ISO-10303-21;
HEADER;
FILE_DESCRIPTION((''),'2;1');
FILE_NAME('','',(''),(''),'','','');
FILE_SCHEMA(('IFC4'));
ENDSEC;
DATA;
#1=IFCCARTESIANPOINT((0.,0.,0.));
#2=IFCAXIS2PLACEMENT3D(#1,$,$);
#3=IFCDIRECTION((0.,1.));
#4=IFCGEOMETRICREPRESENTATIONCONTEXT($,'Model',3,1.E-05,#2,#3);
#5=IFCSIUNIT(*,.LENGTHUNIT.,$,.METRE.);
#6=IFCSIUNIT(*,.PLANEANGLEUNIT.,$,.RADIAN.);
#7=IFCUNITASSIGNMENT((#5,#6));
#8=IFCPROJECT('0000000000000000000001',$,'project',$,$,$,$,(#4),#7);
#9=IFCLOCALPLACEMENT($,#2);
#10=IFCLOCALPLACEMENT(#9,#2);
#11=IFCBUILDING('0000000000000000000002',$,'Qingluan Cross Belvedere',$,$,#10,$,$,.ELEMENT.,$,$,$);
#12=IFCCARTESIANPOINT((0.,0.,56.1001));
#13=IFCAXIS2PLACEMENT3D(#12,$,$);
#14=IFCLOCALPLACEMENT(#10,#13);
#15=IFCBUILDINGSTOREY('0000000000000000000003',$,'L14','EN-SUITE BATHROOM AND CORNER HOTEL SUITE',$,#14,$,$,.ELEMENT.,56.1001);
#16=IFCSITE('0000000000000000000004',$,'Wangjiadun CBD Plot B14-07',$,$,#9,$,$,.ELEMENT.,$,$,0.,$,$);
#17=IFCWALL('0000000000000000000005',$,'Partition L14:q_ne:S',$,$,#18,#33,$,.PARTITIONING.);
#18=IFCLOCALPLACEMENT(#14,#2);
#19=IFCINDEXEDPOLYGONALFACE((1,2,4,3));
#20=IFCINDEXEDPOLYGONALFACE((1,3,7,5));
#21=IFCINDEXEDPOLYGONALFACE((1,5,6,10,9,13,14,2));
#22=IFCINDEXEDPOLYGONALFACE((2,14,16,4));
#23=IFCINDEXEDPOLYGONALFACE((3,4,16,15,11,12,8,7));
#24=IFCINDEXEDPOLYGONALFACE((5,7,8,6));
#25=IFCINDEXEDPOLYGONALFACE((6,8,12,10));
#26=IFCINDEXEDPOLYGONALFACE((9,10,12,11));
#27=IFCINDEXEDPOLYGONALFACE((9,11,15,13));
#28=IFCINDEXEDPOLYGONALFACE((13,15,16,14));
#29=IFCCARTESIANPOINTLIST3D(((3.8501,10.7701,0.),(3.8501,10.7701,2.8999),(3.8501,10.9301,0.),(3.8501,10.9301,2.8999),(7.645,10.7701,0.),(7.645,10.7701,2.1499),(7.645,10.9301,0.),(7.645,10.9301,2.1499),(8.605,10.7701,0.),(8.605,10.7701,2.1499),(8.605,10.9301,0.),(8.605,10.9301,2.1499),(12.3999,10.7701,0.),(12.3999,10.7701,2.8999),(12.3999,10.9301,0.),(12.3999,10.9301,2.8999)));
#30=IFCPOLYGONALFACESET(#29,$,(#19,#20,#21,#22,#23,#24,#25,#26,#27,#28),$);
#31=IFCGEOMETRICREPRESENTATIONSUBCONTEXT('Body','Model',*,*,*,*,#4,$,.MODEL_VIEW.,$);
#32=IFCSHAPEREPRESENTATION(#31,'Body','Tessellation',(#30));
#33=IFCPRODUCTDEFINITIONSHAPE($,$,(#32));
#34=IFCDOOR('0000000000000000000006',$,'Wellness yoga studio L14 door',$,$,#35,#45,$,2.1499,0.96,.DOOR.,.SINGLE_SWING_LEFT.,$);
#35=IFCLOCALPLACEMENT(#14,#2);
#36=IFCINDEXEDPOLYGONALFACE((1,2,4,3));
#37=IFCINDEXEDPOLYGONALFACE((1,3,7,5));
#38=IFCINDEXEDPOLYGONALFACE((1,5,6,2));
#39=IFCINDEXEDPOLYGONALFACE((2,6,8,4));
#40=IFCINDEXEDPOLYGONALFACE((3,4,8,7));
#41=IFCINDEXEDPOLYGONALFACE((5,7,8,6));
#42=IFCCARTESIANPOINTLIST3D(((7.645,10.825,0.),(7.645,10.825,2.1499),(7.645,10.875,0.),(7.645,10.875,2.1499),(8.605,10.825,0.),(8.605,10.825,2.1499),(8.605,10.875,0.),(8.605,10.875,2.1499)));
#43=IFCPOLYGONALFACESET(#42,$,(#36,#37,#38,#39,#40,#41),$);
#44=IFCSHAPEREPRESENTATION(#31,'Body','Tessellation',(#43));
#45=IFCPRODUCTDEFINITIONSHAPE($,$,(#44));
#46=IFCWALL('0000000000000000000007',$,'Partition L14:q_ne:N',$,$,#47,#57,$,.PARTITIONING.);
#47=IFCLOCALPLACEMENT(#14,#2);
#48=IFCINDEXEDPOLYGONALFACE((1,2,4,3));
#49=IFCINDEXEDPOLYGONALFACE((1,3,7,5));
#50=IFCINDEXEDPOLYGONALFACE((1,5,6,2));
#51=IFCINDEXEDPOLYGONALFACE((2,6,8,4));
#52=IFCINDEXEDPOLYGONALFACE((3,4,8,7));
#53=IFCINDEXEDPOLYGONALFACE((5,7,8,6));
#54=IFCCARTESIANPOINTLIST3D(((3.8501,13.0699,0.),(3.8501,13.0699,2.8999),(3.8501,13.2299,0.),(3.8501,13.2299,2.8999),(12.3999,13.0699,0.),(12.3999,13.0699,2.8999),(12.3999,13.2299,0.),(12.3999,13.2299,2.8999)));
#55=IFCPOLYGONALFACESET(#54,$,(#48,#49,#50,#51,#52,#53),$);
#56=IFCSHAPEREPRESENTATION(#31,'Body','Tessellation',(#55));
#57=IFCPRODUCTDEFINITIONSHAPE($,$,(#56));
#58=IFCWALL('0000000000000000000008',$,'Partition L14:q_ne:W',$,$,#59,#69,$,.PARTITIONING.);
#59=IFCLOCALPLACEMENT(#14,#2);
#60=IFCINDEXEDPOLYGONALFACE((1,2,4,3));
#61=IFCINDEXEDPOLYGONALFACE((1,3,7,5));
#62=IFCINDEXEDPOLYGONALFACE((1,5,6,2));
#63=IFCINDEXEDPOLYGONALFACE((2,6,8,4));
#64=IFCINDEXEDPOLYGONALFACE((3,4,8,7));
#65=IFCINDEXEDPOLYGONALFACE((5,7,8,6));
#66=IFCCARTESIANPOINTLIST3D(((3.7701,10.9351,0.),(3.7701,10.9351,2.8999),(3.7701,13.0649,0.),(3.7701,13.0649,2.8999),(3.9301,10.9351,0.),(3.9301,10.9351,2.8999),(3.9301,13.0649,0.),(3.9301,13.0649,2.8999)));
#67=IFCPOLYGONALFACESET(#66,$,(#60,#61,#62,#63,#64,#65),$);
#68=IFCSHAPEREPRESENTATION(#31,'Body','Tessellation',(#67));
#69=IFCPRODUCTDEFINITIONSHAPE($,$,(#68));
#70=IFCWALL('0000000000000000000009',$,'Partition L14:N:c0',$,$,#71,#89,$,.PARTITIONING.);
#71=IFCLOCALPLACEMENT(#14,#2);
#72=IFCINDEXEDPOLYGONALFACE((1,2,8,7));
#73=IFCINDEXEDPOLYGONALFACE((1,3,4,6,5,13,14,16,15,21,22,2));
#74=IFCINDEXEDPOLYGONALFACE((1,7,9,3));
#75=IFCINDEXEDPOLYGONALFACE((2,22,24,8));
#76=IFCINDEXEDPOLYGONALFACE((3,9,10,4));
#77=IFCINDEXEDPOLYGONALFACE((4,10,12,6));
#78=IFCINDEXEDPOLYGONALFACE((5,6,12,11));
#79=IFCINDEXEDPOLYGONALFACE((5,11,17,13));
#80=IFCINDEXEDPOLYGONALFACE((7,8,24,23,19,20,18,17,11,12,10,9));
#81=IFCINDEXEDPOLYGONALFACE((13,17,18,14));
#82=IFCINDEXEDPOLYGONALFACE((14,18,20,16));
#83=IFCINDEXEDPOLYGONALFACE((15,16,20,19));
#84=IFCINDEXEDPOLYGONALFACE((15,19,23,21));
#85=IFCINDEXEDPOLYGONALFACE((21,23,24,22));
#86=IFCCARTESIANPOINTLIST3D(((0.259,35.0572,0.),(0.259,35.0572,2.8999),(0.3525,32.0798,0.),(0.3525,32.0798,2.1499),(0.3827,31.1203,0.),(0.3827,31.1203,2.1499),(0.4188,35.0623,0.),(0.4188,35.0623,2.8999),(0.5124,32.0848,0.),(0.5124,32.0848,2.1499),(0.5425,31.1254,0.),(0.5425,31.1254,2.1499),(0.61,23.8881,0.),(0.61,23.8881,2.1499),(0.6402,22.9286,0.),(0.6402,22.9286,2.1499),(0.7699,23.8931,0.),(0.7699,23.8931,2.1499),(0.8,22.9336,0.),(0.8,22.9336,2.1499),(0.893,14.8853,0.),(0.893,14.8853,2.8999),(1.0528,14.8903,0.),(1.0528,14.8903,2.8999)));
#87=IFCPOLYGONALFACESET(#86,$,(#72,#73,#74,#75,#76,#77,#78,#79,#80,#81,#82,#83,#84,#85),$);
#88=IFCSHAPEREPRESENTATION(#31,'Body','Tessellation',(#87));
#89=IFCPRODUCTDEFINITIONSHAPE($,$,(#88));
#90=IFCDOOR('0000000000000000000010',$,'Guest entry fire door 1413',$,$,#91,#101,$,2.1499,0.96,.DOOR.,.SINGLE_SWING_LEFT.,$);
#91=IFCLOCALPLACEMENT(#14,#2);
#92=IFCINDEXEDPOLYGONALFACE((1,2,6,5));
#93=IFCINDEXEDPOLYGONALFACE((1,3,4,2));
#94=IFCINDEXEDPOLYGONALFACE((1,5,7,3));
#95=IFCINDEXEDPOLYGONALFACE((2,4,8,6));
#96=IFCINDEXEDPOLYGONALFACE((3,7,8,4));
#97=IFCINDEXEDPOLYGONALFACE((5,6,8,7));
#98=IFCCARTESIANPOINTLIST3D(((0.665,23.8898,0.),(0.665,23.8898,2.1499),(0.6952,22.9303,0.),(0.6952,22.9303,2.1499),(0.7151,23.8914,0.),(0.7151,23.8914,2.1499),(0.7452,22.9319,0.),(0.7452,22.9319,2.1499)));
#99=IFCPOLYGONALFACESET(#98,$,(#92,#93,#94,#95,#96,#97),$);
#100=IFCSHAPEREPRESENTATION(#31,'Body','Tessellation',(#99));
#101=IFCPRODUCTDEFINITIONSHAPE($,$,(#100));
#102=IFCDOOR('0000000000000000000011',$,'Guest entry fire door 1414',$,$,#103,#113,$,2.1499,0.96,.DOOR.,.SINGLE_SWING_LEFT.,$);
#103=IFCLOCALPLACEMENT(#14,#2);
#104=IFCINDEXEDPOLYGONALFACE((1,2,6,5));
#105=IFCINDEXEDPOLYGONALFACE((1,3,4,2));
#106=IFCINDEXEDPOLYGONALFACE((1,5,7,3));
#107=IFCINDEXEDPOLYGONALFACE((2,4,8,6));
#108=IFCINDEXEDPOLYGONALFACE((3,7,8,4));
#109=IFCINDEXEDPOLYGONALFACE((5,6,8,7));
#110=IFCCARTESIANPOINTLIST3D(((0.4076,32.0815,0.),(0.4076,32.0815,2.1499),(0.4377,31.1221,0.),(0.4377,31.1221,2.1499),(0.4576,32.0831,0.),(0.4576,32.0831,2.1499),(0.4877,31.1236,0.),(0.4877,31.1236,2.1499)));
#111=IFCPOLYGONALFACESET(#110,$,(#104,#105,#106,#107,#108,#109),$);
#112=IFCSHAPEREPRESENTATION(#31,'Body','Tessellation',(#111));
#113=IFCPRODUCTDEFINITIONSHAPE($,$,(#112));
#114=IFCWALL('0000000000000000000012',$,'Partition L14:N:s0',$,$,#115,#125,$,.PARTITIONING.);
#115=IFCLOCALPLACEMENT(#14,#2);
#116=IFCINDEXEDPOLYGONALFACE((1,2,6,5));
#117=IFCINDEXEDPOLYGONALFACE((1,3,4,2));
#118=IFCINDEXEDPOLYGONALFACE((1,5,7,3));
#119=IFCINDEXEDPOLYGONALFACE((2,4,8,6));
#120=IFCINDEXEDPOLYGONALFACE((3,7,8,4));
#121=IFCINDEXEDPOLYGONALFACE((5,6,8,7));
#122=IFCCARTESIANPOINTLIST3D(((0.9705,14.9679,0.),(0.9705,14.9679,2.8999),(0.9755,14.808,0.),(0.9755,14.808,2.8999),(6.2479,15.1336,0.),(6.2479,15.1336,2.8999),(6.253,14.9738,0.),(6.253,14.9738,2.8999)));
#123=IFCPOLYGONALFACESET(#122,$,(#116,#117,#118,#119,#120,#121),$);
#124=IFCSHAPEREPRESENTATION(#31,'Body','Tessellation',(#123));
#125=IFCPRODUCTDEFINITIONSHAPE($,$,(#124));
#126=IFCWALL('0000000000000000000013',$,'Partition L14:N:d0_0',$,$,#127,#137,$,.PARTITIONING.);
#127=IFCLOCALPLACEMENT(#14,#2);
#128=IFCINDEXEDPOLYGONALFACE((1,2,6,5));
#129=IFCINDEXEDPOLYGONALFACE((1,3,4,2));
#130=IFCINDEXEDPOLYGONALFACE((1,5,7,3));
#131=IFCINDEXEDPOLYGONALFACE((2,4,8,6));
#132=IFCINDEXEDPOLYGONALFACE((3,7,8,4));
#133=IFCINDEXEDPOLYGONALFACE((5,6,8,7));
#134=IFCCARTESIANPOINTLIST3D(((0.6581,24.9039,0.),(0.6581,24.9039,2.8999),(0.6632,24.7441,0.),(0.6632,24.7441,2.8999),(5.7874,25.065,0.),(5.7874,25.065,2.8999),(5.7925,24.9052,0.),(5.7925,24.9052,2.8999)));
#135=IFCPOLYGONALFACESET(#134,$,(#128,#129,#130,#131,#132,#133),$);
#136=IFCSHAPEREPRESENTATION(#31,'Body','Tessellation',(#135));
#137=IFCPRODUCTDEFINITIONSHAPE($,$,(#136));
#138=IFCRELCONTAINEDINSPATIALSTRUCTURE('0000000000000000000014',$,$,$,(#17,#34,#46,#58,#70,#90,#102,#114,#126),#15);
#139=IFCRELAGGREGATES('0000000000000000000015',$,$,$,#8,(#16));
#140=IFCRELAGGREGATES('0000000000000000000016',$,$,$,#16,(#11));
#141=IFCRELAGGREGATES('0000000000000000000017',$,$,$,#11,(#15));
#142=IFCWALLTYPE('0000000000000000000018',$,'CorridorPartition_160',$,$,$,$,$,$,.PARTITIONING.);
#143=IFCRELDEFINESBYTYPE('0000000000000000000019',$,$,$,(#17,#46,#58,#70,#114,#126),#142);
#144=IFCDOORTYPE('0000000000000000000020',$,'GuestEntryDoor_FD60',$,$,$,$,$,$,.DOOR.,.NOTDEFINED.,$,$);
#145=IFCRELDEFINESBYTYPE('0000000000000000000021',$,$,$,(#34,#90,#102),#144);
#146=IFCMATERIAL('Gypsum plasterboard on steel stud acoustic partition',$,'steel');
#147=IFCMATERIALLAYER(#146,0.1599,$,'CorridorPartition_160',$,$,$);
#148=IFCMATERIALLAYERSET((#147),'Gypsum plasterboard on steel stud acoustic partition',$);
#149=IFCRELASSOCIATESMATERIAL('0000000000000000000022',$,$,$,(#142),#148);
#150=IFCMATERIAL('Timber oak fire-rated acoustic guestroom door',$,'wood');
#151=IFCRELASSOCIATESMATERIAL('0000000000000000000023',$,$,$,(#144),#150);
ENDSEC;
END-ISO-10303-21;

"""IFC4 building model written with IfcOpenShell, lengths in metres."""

from ifc_helpers import new_model, si_unit, direction, frame, frame_2d, origin, place, context, subcontext, project, spatial, rectangle, extrude, material, layer, layer_set, type_object, element, fill, save


model = new_model("IFC4")

# Units and contexts
model_context = context("Model", 3, precision=1e-05, world=origin(), true_north=direction((0.0, 1.0)))
body_context = subcontext(model_context, "Body", "Model", "MODEL_VIEW")
ifc_project = project(units=[si_unit("LENGTHUNIT", "METRE"), si_unit("PLANEANGLEUNIT", "RADIAN")], contexts=[model_context])

# Site, building, storey
site_placement = place(None, origin())
site = spatial("IfcSite", under=ifc_project, at=site_placement, Name="Wangjiadun CBD Plot B14-07", CompositionType="ELEMENT", RefElevation=0.0)
building_placement = place(site_placement, origin())
building = spatial("IfcBuilding", under=site, at=building_placement, Name="Qingluan Cross Belvedere", CompositionType="ELEMENT")
storey_placement = place(building_placement, frame((0.0, 0.0, 56.1001)))
storey = spatial("IfcBuildingStorey", under=building, at=storey_placement, Name="L14", Description="EN-SUITE BATHROOM AND CORNER HOTEL SUITE", CompositionType="ELEMENT", Elevation=56.1001)

# Wall, opening, door
ifc_material_1 = material(Name="Gypsum plasterboard on steel stud acoustic partition", Category="steel")
ifc_layer_1 = layer(ifc_material_1, 0.1599, Name="CorridorPartition_160")
ifc_layer_set_1 = layer_set([ifc_layer_1], Name="Gypsum plasterboard on steel stud acoustic partition")
wall_type_1 = type_object("IfcWallType", Name="CorridorPartition_160", PredefinedType="PARTITIONING", material=ifc_layer_set_1)
wall_1_placement = place(storey_placement, frame((3.8501, 10.8501, 0.0), z_axis=(0.0, 0.0, 1.0), x_axis=(1.0, 0.0, 0.0)))
wall_1 = element("IfcWall", 1, at=wall_1_placement, inside=storey, type_object=wall_type_1, Name="Partition L14:q_ne:S", PredefinedType="PARTITIONING", context=body_context, shape_type="SweptSolid", body=[
    extrude(rectangle(XDim=8.5498, YDim=0.1599, at=frame_2d((4.2749, 0.0))), origin(), (0.0, 0.0, 1.0), 2.8999),
])
opening_1_placement = place(wall_1_placement, frame((3.7949, 0.0, 0.0)))
opening_1 = element("IfcOpeningElement", 2, at=opening_1_placement, cuts=wall_1, PredefinedType="OPENING", context=body_context, shape_type="SweptSolid", body=[
    extrude(rectangle(XDim=0.96, YDim=2.1499, at=frame_2d((0.48, 1.075))), frame((0.0, 0.0898, 0.0), z_axis=(0.0, -1.0, 0.0), x_axis=(1.0, 0.0, 0.0)), (0.0, 0.0, 1.0), 0.1799),
])
ifc_material_2 = material(Name="Timber oak fire-rated acoustic guestroom door", Category="wood")
door_type_1 = type_object("IfcDoorType", Name="GuestEntryDoor_FD60", OperationType="NOTDEFINED", PredefinedType="DOOR", material=ifc_material_2)
door_1_placement = place(opening_1_placement, origin())
door_1 = element("IfcDoor", 3, at=door_1_placement, inside=storey, type_object=door_type_1, Name="Wellness yoga studio L14 door", OperationType="SINGLE_SWING_LEFT", OverallHeight=2.1499, OverallWidth=0.96, PredefinedType="DOOR", context=body_context, shape_type="SweptSolid", body=[
    extrude(rectangle(XDim=0.96, YDim=2.1499, at=frame_2d((0.48, 1.075))), frame((0.0, 0.0249, 0.0), z_axis=(0.0, -1.0, 0.0), x_axis=(1.0, 0.0, 0.0)), (0.0, 0.0, 1.0), 0.05),
])
fill(opening_1, door_1)

# Walls
wall_2_placement = place(storey_placement, frame((3.8501, 13.1499, 0.0), z_axis=(0.0, 0.0, 1.0), x_axis=(1.0, 0.0, 0.0)))
element("IfcWall", 4, at=wall_2_placement, inside=storey, type_object=wall_type_1, Name="Partition L14:q_ne:N", PredefinedType="PARTITIONING", context=body_context, shape_type="SweptSolid", body=[
    extrude(rectangle(XDim=8.5498, YDim=0.1599, at=frame_2d((4.2749, 0.0))), origin(), (0.0, 0.0, 1.0), 2.8999),
])
wall_3_placement = place(storey_placement, frame((3.8501, 10.9351, 0.0), z_axis=(0.0, 0.0, 1.0), x_axis=(0.0, 1.0, 0.0)))
element("IfcWall", 5, at=wall_3_placement, inside=storey, type_object=wall_type_1, Name="Partition L14:q_ne:W", PredefinedType="PARTITIONING", context=body_context, shape_type="SweptSolid", body=[
    extrude(rectangle(XDim=2.1299, YDim=0.1599, at=frame_2d((1.0649, 0.0))), origin(), (0.0, 0.0, 1.0), 2.8999),
])

# Wall, openings, doors
wall_4_placement = place(storey_placement, frame((0.9729, 14.8879, 0.0), z_axis=(0.0, 0.0, 1.0), x_axis=(-0.031416, 0.999506, 0.0)))
wall_4 = element("IfcWall", 6, at=wall_4_placement, inside=storey, type_object=wall_type_1, Name="Partition L14:N:c0", PredefinedType="PARTITIONING", context=body_context, shape_type="SweptSolid", body=[
    extrude(rectangle(XDim=20.1819, YDim=0.1599, at=frame_2d((10.0908, 0.0))), origin(), (0.0, 0.0, 1.0), 2.8999),
])
opening_2_placement = place(wall_4_placement, frame((8.0471, 0.0, 0.0)))
opening_2 = element("IfcOpeningElement", 7, at=opening_2_placement, cuts=wall_4, PredefinedType="OPENING", context=body_context, shape_type="SweptSolid", body=[
    extrude(rectangle(XDim=0.96, YDim=2.1499, at=frame_2d((0.48, 1.075))), frame((0.0, 0.0898, 0.0), z_axis=(0.0, -1.0, 0.0), x_axis=(1.0, 0.0, 0.0)), (0.0, 0.0, 1.0), 0.1799),
])
opening_3_placement = place(wall_4_placement, frame((16.2429, 0.0, 0.0)))
opening_3 = element("IfcOpeningElement", 8, at=opening_3_placement, cuts=wall_4, PredefinedType="OPENING", context=body_context, shape_type="SweptSolid", body=[
    extrude(rectangle(XDim=0.96, YDim=2.1499, at=frame_2d((0.48, 1.075))), frame((0.0, 0.0898, 0.0), z_axis=(0.0, -1.0, 0.0), x_axis=(1.0, 0.0, 0.0)), (0.0, 0.0, 1.0), 0.1799),
])
door_2_placement = place(opening_2_placement, origin())
door_2 = element("IfcDoor", 9, at=door_2_placement, inside=storey, type_object=door_type_1, Name="Guest entry fire door 1413", OperationType="SINGLE_SWING_LEFT", OverallHeight=2.1499, OverallWidth=0.96, PredefinedType="DOOR", context=body_context, shape_type="SweptSolid", body=[
    extrude(rectangle(XDim=0.96, YDim=2.1499, at=frame_2d((0.48, 1.075))), frame((0.0, 0.0249, 0.0), z_axis=(0.0, -1.0, 0.0), x_axis=(1.0, 0.0, 0.0)), (0.0, 0.0, 1.0), 0.05),
])
fill(opening_2, door_2)
door_3_placement = place(opening_3_placement, origin())
door_3 = element("IfcDoor", 10, at=door_3_placement, inside=storey, type_object=door_type_1, Name="Guest entry fire door 1414", OperationType="SINGLE_SWING_LEFT", OverallHeight=2.1499, OverallWidth=0.96, PredefinedType="DOOR", context=body_context, shape_type="SweptSolid", body=[
    extrude(rectangle(XDim=0.96, YDim=2.1499, at=frame_2d((0.48, 1.075))), frame((0.0, 0.0249, 0.0), z_axis=(0.0, -1.0, 0.0), x_axis=(1.0, 0.0, 0.0)), (0.0, 0.0, 1.0), 0.05),
])
fill(opening_3, door_3)

# Walls
wall_5_placement = place(storey_placement, frame((0.9729, 14.8879, 0.0), z_axis=(0.0, 0.0, 1.0), x_axis=(0.999507, 0.031396, 0.0)))
element("IfcWall", 11, at=wall_5_placement, inside=storey, type_object=wall_type_1, Name="Partition L14:N:s0", PredefinedType="PARTITIONING", context=body_context, shape_type="SweptSolid", body=[
    extrude(rectangle(XDim=5.28, YDim=0.1599, at=frame_2d((2.6401, 0.0))), origin(), (0.0, 0.0, 1.0), 2.8999),
])
wall_6_placement = place(storey_placement, frame((0.6606, 24.824, 0.0), z_axis=(0.0, 0.0, 1.0), x_axis=(0.999507, 0.031398, 0.0)))
element("IfcWall", 12, at=wall_6_placement, inside=storey, type_object=wall_type_1, Name="Partition L14:N:d0_0", PredefinedType="PARTITIONING", context=body_context, shape_type="SweptSolid", body=[
    extrude(rectangle(XDim=5.1318, YDim=0.1599, at=frame_2d((2.5659, 0.0))), origin(), (0.0, 0.0, 1.0), 2.8999),
])

save(model, "model.ifc")
